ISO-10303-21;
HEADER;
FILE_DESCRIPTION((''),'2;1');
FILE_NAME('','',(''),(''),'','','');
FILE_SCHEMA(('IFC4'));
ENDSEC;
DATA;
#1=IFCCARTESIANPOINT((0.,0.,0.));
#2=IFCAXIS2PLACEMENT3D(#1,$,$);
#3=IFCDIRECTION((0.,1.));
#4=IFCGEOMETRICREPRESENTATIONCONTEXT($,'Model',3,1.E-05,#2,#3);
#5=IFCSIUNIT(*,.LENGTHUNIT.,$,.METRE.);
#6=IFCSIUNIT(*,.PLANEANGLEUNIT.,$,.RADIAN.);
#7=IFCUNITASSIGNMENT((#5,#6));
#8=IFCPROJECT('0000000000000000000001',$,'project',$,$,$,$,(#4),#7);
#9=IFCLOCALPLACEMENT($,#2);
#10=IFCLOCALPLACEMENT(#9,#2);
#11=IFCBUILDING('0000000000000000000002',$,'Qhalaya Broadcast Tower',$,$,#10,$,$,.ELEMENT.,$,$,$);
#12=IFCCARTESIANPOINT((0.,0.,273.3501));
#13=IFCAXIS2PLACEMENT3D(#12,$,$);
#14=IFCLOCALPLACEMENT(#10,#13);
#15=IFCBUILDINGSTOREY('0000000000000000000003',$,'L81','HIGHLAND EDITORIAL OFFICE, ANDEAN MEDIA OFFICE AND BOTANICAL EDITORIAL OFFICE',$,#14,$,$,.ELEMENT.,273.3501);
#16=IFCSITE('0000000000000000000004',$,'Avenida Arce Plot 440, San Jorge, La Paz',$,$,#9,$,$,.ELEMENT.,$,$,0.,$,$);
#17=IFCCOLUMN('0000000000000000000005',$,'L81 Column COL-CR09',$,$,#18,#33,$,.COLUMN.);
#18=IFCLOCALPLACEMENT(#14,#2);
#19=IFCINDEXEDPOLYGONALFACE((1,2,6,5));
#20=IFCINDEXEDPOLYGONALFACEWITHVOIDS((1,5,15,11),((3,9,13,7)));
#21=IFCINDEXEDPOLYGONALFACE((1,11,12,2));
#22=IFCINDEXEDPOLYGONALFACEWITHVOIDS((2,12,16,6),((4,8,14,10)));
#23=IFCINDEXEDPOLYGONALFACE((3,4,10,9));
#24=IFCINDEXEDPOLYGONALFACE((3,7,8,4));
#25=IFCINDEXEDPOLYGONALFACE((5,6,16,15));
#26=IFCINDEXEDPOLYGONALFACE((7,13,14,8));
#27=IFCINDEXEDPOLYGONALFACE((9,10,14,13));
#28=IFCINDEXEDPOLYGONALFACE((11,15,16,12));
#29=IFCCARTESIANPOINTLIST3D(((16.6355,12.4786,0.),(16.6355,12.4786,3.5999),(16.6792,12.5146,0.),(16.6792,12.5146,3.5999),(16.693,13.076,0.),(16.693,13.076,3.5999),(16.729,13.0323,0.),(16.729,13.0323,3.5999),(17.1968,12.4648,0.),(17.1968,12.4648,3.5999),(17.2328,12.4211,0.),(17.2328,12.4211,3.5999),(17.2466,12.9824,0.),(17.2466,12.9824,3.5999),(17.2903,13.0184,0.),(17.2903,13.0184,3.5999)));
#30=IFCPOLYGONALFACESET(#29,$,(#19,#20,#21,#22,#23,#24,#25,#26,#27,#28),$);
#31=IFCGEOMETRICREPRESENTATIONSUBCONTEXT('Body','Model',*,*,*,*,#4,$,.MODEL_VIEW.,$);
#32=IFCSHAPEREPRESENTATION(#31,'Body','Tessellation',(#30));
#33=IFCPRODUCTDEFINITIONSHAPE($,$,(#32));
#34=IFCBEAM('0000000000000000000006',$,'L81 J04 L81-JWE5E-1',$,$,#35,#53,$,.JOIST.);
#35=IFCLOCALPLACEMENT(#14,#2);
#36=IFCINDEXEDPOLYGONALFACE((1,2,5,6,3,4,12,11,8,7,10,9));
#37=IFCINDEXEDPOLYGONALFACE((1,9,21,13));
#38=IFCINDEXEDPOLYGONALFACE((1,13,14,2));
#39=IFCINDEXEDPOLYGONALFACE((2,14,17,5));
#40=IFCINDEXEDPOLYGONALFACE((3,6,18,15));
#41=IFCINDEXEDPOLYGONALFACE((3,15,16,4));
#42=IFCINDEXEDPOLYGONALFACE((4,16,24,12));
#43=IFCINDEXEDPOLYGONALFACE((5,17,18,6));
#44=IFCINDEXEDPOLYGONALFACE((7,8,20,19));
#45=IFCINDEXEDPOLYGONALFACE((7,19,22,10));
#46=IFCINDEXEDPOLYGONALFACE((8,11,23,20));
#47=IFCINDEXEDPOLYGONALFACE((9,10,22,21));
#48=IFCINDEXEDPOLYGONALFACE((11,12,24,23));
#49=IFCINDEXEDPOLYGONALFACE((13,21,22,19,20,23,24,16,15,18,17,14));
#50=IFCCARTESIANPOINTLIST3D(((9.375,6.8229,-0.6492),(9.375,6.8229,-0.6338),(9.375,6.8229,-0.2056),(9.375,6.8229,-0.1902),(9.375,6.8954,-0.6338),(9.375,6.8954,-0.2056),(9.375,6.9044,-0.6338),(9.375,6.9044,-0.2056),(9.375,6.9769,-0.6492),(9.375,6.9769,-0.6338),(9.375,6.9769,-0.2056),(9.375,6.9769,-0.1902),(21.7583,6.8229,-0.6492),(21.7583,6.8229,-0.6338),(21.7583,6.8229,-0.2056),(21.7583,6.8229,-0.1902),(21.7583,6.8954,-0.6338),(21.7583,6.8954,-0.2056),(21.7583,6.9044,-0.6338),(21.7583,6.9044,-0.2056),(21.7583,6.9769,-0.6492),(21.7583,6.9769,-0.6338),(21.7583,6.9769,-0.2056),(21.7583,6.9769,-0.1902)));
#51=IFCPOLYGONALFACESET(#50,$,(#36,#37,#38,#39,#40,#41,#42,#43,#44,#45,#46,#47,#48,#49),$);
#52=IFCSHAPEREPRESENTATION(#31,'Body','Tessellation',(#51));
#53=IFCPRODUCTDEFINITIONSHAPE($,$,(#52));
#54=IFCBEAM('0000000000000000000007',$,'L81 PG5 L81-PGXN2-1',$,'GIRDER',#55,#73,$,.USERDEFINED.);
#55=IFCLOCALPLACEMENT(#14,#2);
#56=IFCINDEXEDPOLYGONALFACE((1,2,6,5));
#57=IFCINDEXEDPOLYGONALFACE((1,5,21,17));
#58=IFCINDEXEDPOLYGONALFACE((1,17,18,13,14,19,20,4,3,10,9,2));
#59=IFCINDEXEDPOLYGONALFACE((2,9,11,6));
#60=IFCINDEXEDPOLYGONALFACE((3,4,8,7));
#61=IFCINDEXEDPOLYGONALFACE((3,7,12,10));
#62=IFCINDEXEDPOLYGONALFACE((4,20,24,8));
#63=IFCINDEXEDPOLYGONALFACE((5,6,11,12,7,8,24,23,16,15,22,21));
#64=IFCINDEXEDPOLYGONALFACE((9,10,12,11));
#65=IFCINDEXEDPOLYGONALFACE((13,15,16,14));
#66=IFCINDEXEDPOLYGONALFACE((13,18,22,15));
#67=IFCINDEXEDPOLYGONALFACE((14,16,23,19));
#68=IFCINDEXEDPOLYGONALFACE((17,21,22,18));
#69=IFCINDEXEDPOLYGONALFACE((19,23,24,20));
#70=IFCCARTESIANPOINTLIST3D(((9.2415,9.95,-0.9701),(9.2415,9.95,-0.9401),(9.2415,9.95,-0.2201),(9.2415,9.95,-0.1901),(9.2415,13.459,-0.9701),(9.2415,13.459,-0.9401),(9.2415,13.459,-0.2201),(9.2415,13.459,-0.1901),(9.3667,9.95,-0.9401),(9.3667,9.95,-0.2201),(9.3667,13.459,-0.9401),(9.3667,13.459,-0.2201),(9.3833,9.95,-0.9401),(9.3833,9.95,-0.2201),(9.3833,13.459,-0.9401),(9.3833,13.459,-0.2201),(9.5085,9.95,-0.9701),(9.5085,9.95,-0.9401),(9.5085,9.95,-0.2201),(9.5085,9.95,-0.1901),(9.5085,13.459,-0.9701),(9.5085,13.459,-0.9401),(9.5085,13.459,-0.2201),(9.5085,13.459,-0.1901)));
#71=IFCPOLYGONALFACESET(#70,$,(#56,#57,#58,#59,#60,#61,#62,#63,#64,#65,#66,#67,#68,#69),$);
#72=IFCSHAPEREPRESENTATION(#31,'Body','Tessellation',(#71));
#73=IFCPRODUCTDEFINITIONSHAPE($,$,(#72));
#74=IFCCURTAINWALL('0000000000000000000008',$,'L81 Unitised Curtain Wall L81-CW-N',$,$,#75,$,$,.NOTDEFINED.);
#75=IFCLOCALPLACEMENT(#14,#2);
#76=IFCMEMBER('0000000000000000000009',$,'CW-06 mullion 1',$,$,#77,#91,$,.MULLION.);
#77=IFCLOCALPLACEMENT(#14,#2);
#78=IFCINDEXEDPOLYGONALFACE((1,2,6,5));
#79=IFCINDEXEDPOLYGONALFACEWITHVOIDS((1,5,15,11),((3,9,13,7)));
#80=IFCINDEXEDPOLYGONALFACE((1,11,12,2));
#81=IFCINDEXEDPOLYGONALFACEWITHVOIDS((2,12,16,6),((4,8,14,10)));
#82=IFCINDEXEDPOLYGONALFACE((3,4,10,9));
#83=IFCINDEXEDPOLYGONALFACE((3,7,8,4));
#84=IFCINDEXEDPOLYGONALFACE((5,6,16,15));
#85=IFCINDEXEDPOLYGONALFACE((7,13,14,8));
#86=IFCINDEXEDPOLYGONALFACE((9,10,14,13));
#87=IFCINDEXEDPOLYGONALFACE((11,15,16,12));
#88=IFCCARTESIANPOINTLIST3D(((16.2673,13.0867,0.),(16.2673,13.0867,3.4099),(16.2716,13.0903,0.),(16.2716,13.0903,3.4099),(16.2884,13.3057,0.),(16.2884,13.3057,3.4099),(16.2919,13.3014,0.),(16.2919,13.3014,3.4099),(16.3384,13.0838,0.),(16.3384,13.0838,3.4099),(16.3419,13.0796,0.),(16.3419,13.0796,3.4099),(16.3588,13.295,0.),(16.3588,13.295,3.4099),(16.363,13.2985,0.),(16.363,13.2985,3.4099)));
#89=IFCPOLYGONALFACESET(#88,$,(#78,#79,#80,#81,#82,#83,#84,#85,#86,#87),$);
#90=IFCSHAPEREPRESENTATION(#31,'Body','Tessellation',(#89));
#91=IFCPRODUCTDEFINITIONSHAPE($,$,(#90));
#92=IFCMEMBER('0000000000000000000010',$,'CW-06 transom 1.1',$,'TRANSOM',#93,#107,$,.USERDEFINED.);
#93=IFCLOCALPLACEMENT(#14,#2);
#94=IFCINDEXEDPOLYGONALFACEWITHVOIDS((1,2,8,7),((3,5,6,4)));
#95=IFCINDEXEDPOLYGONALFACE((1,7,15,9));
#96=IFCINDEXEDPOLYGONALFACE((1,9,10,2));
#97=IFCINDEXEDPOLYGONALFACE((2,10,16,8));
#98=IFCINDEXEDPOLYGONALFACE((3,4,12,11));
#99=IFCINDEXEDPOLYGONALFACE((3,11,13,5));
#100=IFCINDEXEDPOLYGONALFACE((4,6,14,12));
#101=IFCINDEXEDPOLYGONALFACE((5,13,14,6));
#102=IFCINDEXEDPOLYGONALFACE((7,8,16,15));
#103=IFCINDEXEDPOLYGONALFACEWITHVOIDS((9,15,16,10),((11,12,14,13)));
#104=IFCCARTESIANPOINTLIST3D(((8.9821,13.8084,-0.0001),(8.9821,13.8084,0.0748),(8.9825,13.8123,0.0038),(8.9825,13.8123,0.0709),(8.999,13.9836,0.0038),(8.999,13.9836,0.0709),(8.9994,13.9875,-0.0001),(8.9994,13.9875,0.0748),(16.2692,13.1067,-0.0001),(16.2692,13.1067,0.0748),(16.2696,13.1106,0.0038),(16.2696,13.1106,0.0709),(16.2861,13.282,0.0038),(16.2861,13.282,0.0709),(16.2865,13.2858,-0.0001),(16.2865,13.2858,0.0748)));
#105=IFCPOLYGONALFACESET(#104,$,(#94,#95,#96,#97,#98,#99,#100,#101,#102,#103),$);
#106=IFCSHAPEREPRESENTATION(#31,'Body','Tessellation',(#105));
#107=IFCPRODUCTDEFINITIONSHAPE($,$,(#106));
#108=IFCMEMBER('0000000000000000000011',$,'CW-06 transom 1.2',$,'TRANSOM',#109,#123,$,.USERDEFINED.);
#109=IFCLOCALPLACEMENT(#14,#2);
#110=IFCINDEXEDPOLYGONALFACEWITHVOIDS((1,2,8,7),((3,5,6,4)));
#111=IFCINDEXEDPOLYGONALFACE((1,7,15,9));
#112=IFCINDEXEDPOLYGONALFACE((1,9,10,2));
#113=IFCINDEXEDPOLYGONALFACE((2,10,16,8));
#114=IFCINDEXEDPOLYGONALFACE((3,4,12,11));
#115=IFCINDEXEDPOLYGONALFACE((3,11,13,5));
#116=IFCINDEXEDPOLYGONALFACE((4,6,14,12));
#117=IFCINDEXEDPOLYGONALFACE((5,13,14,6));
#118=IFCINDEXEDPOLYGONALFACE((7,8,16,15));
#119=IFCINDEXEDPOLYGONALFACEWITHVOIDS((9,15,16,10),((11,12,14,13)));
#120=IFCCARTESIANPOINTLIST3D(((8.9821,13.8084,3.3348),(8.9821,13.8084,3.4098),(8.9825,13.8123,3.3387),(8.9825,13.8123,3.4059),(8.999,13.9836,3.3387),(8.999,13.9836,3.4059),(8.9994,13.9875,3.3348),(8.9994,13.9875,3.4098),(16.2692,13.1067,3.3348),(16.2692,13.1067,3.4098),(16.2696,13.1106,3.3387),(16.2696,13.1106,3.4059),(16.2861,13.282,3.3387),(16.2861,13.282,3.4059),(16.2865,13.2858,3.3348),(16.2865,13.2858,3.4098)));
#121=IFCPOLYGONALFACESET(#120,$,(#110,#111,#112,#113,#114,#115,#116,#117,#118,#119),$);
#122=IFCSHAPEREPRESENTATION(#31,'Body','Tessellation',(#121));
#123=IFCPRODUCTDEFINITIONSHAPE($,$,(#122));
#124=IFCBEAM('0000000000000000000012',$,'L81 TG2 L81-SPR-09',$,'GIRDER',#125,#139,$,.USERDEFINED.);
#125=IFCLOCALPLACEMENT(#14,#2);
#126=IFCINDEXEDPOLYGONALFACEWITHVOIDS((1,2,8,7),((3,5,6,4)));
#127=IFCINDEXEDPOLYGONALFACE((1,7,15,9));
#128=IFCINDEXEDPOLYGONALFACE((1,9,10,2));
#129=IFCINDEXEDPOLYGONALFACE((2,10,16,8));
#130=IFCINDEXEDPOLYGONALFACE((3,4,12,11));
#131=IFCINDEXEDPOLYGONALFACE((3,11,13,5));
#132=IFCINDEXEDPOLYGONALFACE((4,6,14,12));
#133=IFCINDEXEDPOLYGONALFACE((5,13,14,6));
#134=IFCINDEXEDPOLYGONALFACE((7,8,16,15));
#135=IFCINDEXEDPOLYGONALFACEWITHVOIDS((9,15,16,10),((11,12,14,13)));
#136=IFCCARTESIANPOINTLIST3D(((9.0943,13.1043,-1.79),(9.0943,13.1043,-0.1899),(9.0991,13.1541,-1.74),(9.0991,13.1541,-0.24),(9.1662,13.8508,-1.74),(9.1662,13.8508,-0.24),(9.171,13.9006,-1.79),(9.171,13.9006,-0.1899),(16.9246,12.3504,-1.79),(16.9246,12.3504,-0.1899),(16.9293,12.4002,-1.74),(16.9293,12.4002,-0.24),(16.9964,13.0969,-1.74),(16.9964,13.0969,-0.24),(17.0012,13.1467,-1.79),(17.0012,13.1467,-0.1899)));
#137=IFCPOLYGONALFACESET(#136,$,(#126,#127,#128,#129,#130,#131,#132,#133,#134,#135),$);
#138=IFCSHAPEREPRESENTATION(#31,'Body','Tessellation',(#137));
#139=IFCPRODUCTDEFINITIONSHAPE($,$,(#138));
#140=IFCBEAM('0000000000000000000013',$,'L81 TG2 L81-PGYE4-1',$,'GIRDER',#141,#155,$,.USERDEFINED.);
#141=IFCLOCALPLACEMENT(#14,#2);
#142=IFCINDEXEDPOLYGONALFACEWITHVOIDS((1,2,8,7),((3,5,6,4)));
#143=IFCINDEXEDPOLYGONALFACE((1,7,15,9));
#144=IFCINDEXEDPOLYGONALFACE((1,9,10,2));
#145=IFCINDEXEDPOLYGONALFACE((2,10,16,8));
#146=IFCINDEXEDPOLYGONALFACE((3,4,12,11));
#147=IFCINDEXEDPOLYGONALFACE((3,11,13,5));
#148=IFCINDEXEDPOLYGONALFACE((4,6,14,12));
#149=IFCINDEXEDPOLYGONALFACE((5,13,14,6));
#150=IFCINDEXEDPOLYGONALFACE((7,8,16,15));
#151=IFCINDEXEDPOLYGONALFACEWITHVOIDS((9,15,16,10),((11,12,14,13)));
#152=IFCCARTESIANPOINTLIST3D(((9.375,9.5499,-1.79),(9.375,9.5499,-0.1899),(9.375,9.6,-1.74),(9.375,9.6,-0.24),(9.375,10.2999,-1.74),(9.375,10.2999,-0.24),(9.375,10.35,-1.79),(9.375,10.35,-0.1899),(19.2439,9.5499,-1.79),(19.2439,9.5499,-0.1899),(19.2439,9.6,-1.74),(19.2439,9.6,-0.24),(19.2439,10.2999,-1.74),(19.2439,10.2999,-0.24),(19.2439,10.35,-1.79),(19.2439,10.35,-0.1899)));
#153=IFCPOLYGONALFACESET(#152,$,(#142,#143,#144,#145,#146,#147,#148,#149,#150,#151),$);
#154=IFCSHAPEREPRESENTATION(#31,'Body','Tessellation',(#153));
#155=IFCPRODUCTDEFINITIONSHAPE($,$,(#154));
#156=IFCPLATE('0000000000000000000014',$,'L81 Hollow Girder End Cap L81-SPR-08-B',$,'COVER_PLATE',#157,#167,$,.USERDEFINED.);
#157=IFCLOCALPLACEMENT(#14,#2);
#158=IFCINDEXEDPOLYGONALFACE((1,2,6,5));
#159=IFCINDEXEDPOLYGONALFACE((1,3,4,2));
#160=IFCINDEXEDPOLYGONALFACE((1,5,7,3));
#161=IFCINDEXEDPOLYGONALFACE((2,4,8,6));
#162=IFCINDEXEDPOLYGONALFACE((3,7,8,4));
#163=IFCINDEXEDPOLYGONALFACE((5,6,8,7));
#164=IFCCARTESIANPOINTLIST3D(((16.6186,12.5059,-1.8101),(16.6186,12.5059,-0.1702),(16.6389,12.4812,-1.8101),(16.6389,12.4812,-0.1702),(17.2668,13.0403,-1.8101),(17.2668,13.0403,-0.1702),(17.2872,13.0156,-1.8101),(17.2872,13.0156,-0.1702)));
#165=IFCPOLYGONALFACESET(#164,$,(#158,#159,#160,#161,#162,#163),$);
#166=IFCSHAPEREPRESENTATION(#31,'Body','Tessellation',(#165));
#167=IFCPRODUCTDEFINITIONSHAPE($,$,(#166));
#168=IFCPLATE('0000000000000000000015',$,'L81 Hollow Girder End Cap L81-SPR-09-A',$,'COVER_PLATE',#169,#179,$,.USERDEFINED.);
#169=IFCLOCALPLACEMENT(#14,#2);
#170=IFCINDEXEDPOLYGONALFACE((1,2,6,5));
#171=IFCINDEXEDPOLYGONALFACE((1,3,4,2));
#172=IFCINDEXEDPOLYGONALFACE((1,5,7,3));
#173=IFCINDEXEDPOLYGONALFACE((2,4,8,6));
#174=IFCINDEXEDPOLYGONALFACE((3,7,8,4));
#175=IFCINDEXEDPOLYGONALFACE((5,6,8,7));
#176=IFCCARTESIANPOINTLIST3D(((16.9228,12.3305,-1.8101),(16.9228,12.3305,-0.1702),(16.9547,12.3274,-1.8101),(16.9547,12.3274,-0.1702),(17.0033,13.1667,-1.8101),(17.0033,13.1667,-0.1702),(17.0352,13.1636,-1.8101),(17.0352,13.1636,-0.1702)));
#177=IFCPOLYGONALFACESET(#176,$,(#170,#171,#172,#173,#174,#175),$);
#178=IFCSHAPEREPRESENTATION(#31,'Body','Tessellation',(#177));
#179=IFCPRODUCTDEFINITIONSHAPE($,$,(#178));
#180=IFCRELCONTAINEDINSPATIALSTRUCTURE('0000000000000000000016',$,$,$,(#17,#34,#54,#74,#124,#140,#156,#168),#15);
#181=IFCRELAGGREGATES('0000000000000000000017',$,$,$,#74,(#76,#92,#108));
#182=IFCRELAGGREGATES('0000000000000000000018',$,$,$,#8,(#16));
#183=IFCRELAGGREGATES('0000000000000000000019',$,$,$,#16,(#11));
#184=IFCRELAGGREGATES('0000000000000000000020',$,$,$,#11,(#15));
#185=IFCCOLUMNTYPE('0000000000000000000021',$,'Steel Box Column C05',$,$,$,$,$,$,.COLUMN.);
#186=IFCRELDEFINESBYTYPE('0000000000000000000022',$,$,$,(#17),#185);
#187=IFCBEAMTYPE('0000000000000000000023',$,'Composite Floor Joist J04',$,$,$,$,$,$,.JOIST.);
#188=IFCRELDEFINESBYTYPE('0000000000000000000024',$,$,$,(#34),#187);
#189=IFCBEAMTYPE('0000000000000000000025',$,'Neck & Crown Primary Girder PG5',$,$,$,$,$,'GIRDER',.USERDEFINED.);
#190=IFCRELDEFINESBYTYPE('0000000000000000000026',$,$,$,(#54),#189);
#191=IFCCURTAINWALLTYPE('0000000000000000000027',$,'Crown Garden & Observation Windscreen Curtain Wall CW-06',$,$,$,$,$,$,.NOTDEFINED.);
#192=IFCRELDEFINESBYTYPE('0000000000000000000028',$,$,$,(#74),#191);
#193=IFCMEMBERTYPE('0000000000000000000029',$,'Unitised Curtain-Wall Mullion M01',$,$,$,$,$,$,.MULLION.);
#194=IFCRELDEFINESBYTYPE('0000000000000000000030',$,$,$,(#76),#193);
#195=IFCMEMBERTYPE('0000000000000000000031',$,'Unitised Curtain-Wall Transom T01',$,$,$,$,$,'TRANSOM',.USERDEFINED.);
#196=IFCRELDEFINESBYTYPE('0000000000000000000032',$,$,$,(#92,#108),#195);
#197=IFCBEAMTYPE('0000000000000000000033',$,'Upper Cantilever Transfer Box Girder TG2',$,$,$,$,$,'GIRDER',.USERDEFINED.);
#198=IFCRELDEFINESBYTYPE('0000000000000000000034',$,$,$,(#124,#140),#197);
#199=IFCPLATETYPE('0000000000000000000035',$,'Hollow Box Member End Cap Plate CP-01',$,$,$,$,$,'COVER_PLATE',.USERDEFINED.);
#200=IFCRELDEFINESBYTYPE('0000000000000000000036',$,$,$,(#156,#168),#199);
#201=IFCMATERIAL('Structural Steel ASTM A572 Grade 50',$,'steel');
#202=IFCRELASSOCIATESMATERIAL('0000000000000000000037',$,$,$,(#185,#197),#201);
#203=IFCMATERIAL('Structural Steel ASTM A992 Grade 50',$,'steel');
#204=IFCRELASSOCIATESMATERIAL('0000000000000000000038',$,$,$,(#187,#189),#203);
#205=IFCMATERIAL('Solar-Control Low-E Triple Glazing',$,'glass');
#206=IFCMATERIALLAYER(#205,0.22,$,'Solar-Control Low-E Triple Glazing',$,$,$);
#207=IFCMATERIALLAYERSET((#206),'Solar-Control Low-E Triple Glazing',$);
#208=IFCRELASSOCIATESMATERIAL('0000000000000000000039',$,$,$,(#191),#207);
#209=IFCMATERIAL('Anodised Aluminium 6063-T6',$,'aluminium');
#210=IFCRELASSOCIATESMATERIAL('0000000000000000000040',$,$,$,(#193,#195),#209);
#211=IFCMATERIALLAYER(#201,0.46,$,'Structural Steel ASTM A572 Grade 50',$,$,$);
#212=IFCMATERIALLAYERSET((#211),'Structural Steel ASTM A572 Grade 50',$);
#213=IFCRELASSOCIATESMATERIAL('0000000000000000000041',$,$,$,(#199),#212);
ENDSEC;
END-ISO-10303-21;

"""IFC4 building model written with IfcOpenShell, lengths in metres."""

from ifc_helpers import new_model, si_unit, direction, frame, origin, origin_2d, place, context, subcontext, project, spatial, rectangle, hollow_rectangle, i_section, extrude, material, layer, layer_set, material_profile, profile_set, type_object, element, aggregate, save


model = new_model("IFC4")

# Units and contexts
model_context = context("Model", 3, precision=1e-05, world=origin(), true_north=direction((0.0, 1.0)))
body_context = subcontext(model_context, "Body", "Model", "MODEL_VIEW")
ifc_project = project(units=[si_unit("LENGTHUNIT", "METRE"), si_unit("PLANEANGLEUNIT", "RADIAN")], contexts=[model_context])

# Site, building, storey
site_placement = place(None, origin())
site = spatial("IfcSite", under=ifc_project, at=site_placement, Name="Avenida Arce Plot 440, San Jorge, La Paz", CompositionType="ELEMENT", RefElevation=0.0)
building_placement = place(site_placement, origin())
building = spatial("IfcBuilding", under=site, at=building_placement, Name="Qhalaya Broadcast Tower", CompositionType="ELEMENT")
storey_placement = place(building_placement, frame((0.0, 0.0, 273.3501)))
storey = spatial("IfcBuildingStorey", under=building, at=storey_placement, Name="L81", Description="HIGHLAND EDITORIAL OFFICE, ANDEAN MEDIA OFFICE AND BOTANICAL EDITORIAL OFFICE", CompositionType="ELEMENT", Elevation=273.3501)

# Column
ifc_material_1 = material(Name="Structural Steel ASTM A572 Grade 50", Category="steel")
ifc_material_profile_1 = material_profile(ifc_material_1, hollow_rectangle(XDim=0.6001, YDim=0.6001, WallThickness=0.04, at=origin_2d()), Name="BOX 600x600x40")
ifc_profile_set_1 = profile_set([ifc_material_profile_1], Name="Structural Steel ASTM A572 Grade 50")
column_type = type_object("IfcColumnType", Name="Steel Box Column C05", PredefinedType="COLUMN", material=ifc_profile_set_1)
column_placement = place(storey_placement, frame((16.9629, 12.7485, 0.0), z_axis=(0.0, 0.0, 1.0), x_axis=(0.995396, -0.095846, 0.0)))
element("IfcColumn", 1, at=column_placement, inside=storey, type_object=column_type, Name="L81 Column COL-CR09", PredefinedType="COLUMN", context=body_context, shape_type="SweptSolid", body=[
    extrude(hollow_rectangle(XDim=0.6001, YDim=0.6001, WallThickness=0.04, at=origin_2d()), origin(), (0.0, 0.0, 1.0), 3.5999),
])

# Beams
ifc_material_2 = material(Name="Structural Steel ASTM A992 Grade 50", Category="steel")
ifc_material_profile_2 = material_profile(ifc_material_2, i_section(OverallWidth=0.1541, OverallDepth=0.459, WebThickness=0.009, FlangeThickness=0.0154, at=origin_2d()), Name="W18X46")
ifc_profile_set_2 = profile_set([ifc_material_profile_2], Name="Structural Steel ASTM A992 Grade 50")
beam_type_1 = type_object("IfcBeamType", Name="Composite Floor Joist J04", PredefinedType="JOIST", material=ifc_profile_set_2)
beam_1_placement = place(storey_placement, frame((9.375, 6.8999, -0.4197), z_axis=(1.0, 0.0, 0.0), x_axis=(0.0, 1.0, 0.0)))
element("IfcBeam", 2, at=beam_1_placement, inside=storey, type_object=beam_type_1, Name="L81 J04 L81-JWE5E-1", PredefinedType="JOIST", context=body_context, shape_type="SweptSolid", body=[
    extrude(i_section(OverallWidth=0.1541, OverallDepth=0.459, WebThickness=0.009, FlangeThickness=0.0154, at=origin_2d()), origin(), (0.0, 0.0, 1.0), 12.3833),
])
ifc_material_profile_3 = material_profile(ifc_material_2, i_section(OverallWidth=0.2671, OverallDepth=0.78, WebThickness=0.0166, FlangeThickness=0.03, at=origin_2d()), Name="W30X148")
ifc_profile_set_3 = profile_set([ifc_material_profile_3], Name="Structural Steel ASTM A992 Grade 50")
beam_type_2 = type_object("IfcBeamType", Name="Neck & Crown Primary Girder PG5", ElementType="GIRDER", PredefinedType="USERDEFINED", material=ifc_profile_set_3)
beam_2_placement = place(storey_placement, frame((9.375, 9.95, -0.5801), z_axis=(0.0, 1.0, 0.0), x_axis=(-1.0, 0.0, 0.0)))
element("IfcBeam", 3, at=beam_2_placement, inside=storey, type_object=beam_type_2, Name="L81 PG5 L81-PGXN2-1", ObjectType="GIRDER", PredefinedType="USERDEFINED", context=body_context, shape_type="SweptSolid", body=[
    extrude(i_section(OverallWidth=0.2671, OverallDepth=0.78, WebThickness=0.0166, FlangeThickness=0.03, at=origin_2d()), origin(), (0.0, 0.0, 1.0), 3.509),
])

# Curtain wall, members
ifc_material_3 = material(Name="Solar-Control Low-E Triple Glazing", Category="glass")
ifc_layer_1 = layer(ifc_material_3, 0.22, Name="Solar-Control Low-E Triple Glazing")
ifc_layer_set_1 = layer_set([ifc_layer_1], Name="Solar-Control Low-E Triple Glazing")
curtain_wall_type = type_object("IfcCurtainWallType", Name="Crown Garden & Observation Windscreen Curtain Wall CW-06", PredefinedType="NOTDEFINED", material=ifc_layer_set_1)
curtain_wall_placement = place(storey_placement, origin())
curtain_wall = element("IfcCurtainWall", 4, at=curtain_wall_placement, inside=storey, type_object=curtain_wall_type, Name="L81 Unitised Curtain Wall L81-CW-N", PredefinedType="NOTDEFINED")
ifc_material_4 = material(Name="Anodised Aluminium 6063-T6", Category="aluminium")
ifc_material_profile_4 = material_profile(ifc_material_4, hollow_rectangle(XDim=0.075, YDim=0.22, WallThickness=0.0039, at=origin_2d()), Name="ALU-MUL 75x220x4")
ifc_profile_set_4 = profile_set([ifc_material_profile_4], Name="Anodised Aluminium 6063-T6")
member_type_1 = type_object("IfcMemberType", Name="Unitised Curtain-Wall Mullion M01", PredefinedType="MULLION", material=ifc_profile_set_4)
member_1_placement = place(storey_placement, frame((16.3152, 13.1926, 0.0), z_axis=(0.0, 0.0, 1.0), x_axis=(-0.995396, 0.095848, 0.0)))
member_1 = element("IfcMember", 5, at=member_1_placement, type_object=member_type_1, Name="CW-06 mullion 1", PredefinedType="MULLION", context=body_context, shape_type="SweptSolid", body=[
    extrude(hollow_rectangle(XDim=0.075, YDim=0.22, WallThickness=0.0039, at=origin_2d()), origin(), (0.0, 0.0, 1.0), 3.4099),
])
ifc_material_profile_5 = material_profile(ifc_material_4, hollow_rectangle(XDim=0.075, YDim=0.1799, WallThickness=0.0039, at=origin_2d()), Name="ALU-TRN 75x180x4")
ifc_profile_set_5 = profile_set([ifc_material_profile_5], Name="Anodised Aluminium 6063-T6")
member_type_2 = type_object("IfcMemberType", Name="Unitised Curtain-Wall Transom T01", ElementType="TRANSOM", PredefinedType="USERDEFINED", material=ifc_profile_set_5)
member_2_placement = place(storey_placement, frame((16.2778, 13.1963, 0.0374), z_axis=(-0.995396, 0.095845, 0.0), x_axis=(0.0, 0.0, 1.0)))
member_2 = element("IfcMember", 6, at=member_2_placement, type_object=member_type_2, Name="CW-06 transom 1.1", ObjectType="TRANSOM", PredefinedType="USERDEFINED", context=body_context, shape_type="SweptSolid", body=[
    extrude(hollow_rectangle(XDim=0.075, YDim=0.1799, WallThickness=0.0039, at=origin_2d()), origin(), (0.0, 0.0, 1.0), 7.3208),
])
member_3_placement = place(storey_placement, frame((16.2778, 13.1963, 3.3723), z_axis=(-0.995396, 0.095845, 0.0), x_axis=(0.0, 0.0, 1.0)))
member_3 = element("IfcMember", 7, at=member_3_placement, type_object=member_type_2, Name="CW-06 transom 1.2", ObjectType="TRANSOM", PredefinedType="USERDEFINED", context=body_context, shape_type="SweptSolid", body=[
    extrude(hollow_rectangle(XDim=0.075, YDim=0.1799, WallThickness=0.0039, at=origin_2d()), origin(), (0.0, 0.0, 1.0), 7.3208),
])

# Beams
ifc_material_profile_6 = material_profile(ifc_material_1, hollow_rectangle(XDim=0.8, YDim=1.6001, WallThickness=0.05, at=origin_2d()), Name="BOX 800x1600x50")
ifc_profile_set_6 = profile_set([ifc_material_profile_6], Name="Structural Steel ASTM A572 Grade 50")
beam_type_3 = type_object("IfcBeamType", Name="Upper Cantilever Transfer Box Girder TG2", ElementType="GIRDER", PredefinedType="USERDEFINED", material=ifc_profile_set_6)
beam_3_placement = place(storey_placement, frame((16.9629, 12.7485, -0.99), z_axis=(-0.995397, 0.095837, 0.0), x_axis=(-0.095837, -0.995397, 0.0)))
element("IfcBeam", 8, at=beam_3_placement, inside=storey, type_object=beam_type_3, Name="L81 TG2 L81-SPR-09", ObjectType="GIRDER", PredefinedType="USERDEFINED", context=body_context, shape_type="SweptSolid", body=[
    extrude(hollow_rectangle(XDim=0.8, YDim=1.6001, WallThickness=0.05, at=origin_2d()), origin(), (0.0, 0.0, 1.0), 7.8665),
])
beam_4_placement = place(storey_placement, frame((9.375, 9.95, -0.99), z_axis=(1.0, 0.0, 0.0), x_axis=(0.0, 1.0, 0.0)))
element("IfcBeam", 9, at=beam_4_placement, inside=storey, type_object=beam_type_3, Name="L81 TG2 L81-PGYE4-1", ObjectType="GIRDER", PredefinedType="USERDEFINED", context=body_context, shape_type="SweptSolid", body=[
    extrude(hollow_rectangle(XDim=0.8, YDim=1.6001, WallThickness=0.05, at=origin_2d()), origin(), (0.0, 0.0, 1.0), 9.8689),
])

# Plates
ifc_layer_2 = layer(ifc_material_1, 0.46, Name="Structural Steel ASTM A572 Grade 50")
ifc_layer_set_2 = layer_set([ifc_layer_2], Name="Structural Steel ASTM A572 Grade 50")
plate_type_1 = type_object("IfcPlateType", Name="Hollow Box Member End Cap Plate CP-01", ElementType="COVER_PLATE", PredefinedType="USERDEFINED", material=ifc_layer_set_2)
for number, where, z_axis, x_axis, name in (
    (10, (16.9529, 12.7607, -1.8101), (0.0, 0.0, 1.0), (-0.771625, -0.636078, 0.0), "L81 Hollow Girder End Cap L81-SPR-08-B"),
    (11, (16.979, 12.7471, -1.8101), (0.0, 0.0, 1.0), (-0.095828, -0.995398, 0.0), "L81 Hollow Girder End Cap L81-SPR-09-A"),
):
    element("IfcPlate", number, at=place(storey_placement, frame(where, z_axis=z_axis, x_axis=x_axis)), inside=storey, type_object=plate_type_1, Name=name, ObjectType="COVER_PLATE", PredefinedType="USERDEFINED", context=body_context, shape_type="SweptSolid", body=[
        extrude(rectangle(XDim=0.8401, YDim=0.032, at=origin_2d()), origin(), (0.0, 0.0, 1.0), 1.6399),
    ])

aggregate(curtain_wall, [member_1, member_2, member_3])

save(model, "model.ifc")
